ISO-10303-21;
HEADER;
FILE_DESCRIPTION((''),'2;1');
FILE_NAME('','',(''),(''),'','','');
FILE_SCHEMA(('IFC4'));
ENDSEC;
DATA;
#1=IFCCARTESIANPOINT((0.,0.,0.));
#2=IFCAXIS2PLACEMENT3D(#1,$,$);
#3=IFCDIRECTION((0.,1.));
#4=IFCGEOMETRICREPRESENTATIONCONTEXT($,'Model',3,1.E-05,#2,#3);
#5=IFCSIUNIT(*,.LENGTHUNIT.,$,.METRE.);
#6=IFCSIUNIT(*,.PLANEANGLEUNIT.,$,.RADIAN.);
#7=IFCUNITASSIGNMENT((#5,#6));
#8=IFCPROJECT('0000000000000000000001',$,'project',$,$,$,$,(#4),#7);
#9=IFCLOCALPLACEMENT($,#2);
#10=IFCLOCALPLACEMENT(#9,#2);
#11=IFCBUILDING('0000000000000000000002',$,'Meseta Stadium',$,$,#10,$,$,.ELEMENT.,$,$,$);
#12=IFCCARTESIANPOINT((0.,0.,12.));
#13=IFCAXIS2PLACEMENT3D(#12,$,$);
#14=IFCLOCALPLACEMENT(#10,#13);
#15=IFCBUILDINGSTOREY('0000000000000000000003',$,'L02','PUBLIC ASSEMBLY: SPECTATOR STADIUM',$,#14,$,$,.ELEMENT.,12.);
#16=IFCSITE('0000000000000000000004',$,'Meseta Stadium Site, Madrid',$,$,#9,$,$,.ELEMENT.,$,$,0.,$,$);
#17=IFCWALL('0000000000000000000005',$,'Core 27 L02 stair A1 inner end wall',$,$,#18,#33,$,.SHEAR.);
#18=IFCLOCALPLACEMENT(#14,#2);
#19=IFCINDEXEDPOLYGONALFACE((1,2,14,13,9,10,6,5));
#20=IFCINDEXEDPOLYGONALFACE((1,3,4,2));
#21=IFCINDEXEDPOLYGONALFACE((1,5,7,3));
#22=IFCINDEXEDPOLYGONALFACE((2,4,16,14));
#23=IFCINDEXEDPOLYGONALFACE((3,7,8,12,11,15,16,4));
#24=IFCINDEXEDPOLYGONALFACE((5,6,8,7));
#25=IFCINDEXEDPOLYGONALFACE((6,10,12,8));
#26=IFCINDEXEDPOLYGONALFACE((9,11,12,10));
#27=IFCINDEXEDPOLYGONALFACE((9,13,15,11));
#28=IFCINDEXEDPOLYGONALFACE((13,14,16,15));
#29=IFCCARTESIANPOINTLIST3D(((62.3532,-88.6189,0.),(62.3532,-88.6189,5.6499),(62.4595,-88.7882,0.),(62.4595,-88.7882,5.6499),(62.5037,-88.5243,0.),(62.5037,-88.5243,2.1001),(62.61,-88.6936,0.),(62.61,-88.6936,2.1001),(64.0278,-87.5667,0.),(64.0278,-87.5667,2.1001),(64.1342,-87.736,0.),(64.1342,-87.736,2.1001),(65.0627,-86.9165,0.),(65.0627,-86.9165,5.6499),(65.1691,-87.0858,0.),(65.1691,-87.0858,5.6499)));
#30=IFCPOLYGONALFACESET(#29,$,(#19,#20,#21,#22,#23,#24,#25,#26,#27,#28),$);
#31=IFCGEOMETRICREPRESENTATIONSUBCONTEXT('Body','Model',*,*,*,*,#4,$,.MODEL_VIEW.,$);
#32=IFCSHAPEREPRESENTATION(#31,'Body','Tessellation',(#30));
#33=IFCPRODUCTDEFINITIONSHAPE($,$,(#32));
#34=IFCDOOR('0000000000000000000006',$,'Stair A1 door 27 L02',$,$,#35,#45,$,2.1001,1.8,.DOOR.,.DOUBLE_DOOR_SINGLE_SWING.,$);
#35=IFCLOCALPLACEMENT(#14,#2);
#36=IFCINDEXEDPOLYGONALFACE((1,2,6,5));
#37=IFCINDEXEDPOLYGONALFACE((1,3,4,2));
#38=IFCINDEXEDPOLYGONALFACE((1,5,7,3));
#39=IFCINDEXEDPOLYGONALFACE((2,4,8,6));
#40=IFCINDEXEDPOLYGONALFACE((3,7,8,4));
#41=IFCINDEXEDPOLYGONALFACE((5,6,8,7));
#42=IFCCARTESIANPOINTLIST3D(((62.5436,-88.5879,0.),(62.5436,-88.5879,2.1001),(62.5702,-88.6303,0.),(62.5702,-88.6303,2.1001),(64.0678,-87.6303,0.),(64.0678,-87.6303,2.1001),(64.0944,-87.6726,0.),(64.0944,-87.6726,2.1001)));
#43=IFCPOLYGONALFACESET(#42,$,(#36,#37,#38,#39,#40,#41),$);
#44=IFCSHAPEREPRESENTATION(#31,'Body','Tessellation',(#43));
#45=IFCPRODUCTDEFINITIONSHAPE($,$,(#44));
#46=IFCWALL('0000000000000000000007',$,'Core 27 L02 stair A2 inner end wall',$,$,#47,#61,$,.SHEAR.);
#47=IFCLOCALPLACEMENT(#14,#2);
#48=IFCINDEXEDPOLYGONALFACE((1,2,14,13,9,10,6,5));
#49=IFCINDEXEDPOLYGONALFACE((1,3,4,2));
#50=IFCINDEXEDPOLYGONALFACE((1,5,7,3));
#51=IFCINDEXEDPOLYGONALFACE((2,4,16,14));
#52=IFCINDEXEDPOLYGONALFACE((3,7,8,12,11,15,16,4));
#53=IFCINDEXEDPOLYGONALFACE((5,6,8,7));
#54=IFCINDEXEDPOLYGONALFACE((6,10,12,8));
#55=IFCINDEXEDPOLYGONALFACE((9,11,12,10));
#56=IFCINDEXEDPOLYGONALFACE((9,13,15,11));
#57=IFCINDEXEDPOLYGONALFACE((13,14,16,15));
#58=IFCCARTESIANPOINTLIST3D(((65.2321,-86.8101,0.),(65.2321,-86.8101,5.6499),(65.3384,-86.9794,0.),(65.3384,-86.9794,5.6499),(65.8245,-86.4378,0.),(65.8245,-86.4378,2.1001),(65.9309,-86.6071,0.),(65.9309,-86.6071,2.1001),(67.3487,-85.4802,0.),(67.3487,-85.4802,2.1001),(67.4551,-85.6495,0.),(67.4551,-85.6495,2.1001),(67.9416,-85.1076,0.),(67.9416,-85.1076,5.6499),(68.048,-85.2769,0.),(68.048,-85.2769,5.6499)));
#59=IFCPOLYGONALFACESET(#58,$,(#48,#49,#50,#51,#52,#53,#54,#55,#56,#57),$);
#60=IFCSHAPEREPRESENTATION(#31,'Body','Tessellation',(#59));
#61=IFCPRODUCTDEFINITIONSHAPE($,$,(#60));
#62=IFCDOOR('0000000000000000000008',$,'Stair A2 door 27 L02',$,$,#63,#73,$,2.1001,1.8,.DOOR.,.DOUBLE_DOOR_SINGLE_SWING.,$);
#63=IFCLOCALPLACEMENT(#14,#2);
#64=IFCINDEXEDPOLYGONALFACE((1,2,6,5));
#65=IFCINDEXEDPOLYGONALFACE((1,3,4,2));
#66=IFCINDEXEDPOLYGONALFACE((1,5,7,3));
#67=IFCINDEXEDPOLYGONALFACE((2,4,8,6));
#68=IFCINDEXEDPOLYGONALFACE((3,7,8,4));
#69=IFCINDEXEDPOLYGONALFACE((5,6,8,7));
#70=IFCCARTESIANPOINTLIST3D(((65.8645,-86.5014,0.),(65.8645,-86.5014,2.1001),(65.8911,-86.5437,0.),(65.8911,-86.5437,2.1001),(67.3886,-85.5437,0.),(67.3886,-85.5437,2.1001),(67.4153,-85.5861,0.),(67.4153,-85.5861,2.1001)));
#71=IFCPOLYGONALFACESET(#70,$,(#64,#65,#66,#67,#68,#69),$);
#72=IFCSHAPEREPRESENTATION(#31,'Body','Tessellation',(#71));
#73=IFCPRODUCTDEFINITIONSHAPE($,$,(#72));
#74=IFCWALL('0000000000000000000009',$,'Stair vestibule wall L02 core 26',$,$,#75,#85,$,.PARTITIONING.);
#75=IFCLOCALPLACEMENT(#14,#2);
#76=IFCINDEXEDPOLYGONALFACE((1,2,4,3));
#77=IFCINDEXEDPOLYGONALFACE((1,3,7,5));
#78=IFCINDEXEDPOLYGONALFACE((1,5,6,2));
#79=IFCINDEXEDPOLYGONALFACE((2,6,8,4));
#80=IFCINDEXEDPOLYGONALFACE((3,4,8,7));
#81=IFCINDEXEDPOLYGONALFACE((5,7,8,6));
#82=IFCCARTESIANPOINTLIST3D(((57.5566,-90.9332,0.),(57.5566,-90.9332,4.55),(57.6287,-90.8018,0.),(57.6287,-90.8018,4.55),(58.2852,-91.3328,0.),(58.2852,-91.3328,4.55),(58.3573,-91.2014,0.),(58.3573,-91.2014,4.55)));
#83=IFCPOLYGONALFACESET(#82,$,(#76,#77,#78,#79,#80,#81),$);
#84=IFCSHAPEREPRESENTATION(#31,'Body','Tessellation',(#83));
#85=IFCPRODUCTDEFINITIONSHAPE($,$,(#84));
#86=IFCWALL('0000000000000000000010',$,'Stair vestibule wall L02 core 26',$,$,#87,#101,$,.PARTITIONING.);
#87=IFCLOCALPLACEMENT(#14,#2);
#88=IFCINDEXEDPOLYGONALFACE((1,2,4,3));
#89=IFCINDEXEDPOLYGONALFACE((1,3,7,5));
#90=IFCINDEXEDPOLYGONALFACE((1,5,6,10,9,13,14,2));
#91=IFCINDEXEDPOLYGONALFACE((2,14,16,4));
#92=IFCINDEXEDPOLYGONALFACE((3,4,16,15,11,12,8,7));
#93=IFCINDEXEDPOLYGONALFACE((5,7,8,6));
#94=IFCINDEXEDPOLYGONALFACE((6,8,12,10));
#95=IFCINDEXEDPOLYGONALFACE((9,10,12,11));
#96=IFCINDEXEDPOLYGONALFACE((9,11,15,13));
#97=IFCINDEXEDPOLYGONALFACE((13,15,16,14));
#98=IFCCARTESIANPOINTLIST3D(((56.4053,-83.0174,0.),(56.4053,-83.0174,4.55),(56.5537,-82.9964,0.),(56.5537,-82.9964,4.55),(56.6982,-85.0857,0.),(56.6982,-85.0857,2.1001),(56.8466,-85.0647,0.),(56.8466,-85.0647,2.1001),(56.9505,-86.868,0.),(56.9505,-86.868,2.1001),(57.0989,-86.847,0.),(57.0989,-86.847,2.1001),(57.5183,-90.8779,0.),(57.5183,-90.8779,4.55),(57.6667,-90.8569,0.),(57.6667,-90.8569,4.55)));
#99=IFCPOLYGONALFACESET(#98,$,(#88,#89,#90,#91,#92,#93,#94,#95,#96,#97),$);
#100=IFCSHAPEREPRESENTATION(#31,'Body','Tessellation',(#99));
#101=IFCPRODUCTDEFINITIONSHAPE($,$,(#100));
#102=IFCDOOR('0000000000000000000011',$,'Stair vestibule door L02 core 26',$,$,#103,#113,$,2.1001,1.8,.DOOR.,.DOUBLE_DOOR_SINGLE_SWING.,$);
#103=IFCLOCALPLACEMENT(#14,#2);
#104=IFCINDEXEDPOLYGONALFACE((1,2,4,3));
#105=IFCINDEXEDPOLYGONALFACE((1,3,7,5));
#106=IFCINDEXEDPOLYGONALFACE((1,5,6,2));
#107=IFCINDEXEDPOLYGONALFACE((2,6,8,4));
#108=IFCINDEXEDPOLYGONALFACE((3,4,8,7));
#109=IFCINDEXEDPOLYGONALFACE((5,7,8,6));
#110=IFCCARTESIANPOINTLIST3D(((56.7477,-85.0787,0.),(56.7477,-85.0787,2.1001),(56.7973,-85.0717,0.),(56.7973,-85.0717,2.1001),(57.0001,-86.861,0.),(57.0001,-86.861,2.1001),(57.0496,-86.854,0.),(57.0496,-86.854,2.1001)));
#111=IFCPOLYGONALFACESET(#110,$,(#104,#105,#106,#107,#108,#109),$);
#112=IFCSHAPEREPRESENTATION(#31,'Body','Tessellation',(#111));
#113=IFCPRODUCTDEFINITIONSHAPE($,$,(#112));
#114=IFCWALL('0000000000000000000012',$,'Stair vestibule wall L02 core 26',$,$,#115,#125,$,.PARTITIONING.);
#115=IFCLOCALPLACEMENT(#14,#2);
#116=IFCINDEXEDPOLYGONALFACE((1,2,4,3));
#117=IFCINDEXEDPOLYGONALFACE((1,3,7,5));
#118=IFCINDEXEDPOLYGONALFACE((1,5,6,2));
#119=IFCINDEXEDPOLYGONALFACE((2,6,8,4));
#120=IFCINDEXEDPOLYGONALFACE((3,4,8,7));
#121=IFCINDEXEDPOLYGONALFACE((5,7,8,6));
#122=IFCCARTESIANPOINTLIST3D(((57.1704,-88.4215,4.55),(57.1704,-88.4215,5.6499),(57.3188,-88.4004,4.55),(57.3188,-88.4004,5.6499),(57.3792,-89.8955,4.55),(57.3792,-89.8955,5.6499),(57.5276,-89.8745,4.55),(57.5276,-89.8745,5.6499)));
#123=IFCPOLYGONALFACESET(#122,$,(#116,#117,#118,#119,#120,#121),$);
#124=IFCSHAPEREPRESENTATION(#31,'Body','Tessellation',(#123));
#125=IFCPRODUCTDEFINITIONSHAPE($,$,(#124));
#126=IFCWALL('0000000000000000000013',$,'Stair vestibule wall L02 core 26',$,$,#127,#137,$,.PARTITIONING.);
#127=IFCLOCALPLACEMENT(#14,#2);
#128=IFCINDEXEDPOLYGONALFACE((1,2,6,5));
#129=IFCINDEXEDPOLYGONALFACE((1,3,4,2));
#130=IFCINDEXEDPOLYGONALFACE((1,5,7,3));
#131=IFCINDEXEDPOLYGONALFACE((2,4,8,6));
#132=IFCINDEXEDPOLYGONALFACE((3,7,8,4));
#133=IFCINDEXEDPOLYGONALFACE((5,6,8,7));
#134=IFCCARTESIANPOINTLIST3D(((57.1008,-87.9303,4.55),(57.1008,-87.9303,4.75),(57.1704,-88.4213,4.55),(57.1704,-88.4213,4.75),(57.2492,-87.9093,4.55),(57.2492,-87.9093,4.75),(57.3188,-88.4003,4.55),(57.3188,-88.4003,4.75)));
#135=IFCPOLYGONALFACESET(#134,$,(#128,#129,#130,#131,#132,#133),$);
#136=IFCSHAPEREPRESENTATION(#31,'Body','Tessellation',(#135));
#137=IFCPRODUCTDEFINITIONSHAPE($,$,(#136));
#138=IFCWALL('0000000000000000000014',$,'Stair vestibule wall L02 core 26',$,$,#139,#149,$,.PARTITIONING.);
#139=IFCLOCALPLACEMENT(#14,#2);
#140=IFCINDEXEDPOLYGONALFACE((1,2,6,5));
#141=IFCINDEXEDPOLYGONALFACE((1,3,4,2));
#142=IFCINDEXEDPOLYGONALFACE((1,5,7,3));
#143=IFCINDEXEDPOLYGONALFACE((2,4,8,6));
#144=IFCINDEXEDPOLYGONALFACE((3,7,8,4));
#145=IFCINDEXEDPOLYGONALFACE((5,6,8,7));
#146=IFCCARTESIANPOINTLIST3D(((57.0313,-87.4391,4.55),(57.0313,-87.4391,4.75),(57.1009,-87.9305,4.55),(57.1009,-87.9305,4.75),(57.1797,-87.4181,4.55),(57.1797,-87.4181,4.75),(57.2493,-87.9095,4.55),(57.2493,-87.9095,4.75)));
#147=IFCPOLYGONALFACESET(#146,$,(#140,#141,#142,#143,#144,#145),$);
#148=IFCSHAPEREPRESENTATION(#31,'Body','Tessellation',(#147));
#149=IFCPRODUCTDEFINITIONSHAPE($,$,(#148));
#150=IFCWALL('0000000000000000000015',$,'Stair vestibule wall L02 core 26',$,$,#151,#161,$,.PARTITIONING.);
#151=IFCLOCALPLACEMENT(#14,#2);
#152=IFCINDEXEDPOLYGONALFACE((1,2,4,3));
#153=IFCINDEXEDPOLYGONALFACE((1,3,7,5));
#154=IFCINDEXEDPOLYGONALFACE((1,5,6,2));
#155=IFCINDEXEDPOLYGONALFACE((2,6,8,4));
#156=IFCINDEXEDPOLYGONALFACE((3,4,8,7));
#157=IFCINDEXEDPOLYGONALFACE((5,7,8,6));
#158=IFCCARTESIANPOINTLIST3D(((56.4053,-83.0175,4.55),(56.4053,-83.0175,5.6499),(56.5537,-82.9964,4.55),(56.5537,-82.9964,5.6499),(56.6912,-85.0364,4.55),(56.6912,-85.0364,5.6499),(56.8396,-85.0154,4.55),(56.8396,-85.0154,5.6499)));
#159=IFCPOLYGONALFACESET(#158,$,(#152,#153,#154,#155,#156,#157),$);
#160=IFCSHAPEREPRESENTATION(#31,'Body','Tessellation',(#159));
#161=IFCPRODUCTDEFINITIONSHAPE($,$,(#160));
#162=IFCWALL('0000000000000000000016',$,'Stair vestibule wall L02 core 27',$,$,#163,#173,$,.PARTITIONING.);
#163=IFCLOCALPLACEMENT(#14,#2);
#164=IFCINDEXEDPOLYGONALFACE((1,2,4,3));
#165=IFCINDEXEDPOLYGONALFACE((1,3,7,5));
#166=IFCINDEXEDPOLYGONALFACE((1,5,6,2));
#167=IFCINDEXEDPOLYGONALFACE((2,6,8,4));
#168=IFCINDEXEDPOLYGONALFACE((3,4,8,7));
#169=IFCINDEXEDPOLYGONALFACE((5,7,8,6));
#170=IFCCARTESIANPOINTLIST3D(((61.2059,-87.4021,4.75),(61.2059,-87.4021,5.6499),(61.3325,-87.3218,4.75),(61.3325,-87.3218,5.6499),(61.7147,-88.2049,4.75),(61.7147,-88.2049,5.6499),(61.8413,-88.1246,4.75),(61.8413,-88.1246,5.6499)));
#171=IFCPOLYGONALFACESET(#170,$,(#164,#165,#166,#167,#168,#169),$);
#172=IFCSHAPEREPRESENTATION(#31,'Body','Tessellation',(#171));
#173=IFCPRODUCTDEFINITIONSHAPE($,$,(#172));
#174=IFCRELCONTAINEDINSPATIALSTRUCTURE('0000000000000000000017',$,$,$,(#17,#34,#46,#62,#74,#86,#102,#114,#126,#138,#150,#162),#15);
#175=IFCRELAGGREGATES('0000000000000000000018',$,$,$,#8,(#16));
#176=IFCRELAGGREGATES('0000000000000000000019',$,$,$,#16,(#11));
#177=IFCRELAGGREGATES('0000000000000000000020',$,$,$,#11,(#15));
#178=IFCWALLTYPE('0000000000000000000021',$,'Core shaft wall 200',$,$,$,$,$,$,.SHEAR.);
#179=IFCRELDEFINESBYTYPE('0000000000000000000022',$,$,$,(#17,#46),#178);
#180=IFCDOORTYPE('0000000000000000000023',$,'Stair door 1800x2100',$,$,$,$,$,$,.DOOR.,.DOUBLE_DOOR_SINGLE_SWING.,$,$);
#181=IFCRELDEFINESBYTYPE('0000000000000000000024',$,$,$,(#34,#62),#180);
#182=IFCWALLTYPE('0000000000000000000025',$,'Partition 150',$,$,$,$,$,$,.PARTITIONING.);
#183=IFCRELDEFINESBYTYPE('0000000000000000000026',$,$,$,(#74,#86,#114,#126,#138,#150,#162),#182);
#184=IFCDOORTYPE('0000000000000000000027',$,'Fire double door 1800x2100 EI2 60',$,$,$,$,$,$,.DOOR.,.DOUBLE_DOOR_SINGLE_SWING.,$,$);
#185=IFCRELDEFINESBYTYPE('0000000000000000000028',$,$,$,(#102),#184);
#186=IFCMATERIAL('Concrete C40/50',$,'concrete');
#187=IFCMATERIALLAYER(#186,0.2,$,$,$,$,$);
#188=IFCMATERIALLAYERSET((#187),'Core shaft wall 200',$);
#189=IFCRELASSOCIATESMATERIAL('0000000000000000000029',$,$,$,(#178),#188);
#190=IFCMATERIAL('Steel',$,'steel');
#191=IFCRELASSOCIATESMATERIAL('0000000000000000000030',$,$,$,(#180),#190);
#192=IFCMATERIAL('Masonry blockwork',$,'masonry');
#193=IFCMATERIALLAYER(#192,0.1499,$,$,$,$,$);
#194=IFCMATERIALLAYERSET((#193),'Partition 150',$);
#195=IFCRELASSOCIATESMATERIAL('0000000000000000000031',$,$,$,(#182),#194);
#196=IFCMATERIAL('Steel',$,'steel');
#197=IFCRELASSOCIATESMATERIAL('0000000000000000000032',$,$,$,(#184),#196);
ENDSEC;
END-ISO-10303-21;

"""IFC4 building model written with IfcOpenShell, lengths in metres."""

from ifc_helpers import new_model, si_unit, direction, frame, frame_2d, origin, place, context, subcontext, project, spatial, rectangle, extrude, material, layer, layer_set, type_object, element, fill, save


model = new_model("IFC4")

# Units and contexts
model_context = context("Model", 3, precision=1e-05, world=origin(), true_north=direction((0.0, 1.0)))
body_context = subcontext(model_context, "Body", "Model", "MODEL_VIEW")
ifc_project = project(units=[si_unit("LENGTHUNIT", "METRE"), si_unit("PLANEANGLEUNIT", "RADIAN")], contexts=[model_context])

# Site, building, storey
site_placement = place(None, origin())
site = spatial("IfcSite", under=ifc_project, at=site_placement, Name="Meseta Stadium Site, Madrid", CompositionType="ELEMENT", RefElevation=0.0)
building_placement = place(site_placement, origin())
building = spatial("IfcBuilding", under=site, at=building_placement, Name="Meseta Stadium", CompositionType="ELEMENT")
storey_placement = place(building_placement, frame((0.0, 0.0, 12.0)))
storey = spatial("IfcBuildingStorey", under=building, at=storey_placement, Name="L02", Description="PUBLIC ASSEMBLY: SPECTATOR STADIUM", CompositionType="ELEMENT", Elevation=12.0)

# Walls, openings, doors
ifc_material_1 = material(Name="Concrete C40/50", Category="concrete")
ifc_layer_1 = layer(ifc_material_1, 0.2)
ifc_layer_set_1 = layer_set([ifc_layer_1], Name="Core shaft wall 200")
wall_type_1 = type_object("IfcWallType", Name="Core shaft wall 200", PredefinedType="SHEAR", material=ifc_layer_set_1)
wall_1_placement = place(storey_placement, frame((62.4062, -88.7036, 0.0), z_axis=(0.0, 0.0, 1.0), x_axis=(0.846736, 0.532014, 0.0)))
wall_1 = element("IfcWall", 1, at=wall_1_placement, inside=storey, type_object=wall_type_1, Name="Core 27 L02 stair A1 inner end wall", PredefinedType="SHEAR", context=body_context, shape_type="SweptSolid", body=[
    extrude(rectangle(XDim=3.2, YDim=0.2, at=frame_2d((1.6001, 0.0))), origin(), (0.0, 0.0, 1.0), 5.6499),
])
opening_1_placement = place(wall_1_placement, frame((0.178, 0.0, 0.0)))
opening_1 = element("IfcOpeningElement", 2, at=opening_1_placement, cuts=wall_1, PredefinedType="OPENING", context=body_context, shape_type="SweptSolid", body=[
    extrude(rectangle(XDim=1.8, YDim=2.1001, at=frame_2d((0.8999, 1.05))), frame((0.0, 0.1099, 0.0), z_axis=(0.0, -1.0, 0.0), x_axis=(1.0, 0.0, 0.0)), (0.0, 0.0, 1.0), 0.22),
])
ifc_material_2 = material(Name="Steel", Category="steel")
door_type_1 = type_object("IfcDoorType", Name="Stair door 1800x2100", OperationType="DOUBLE_DOOR_SINGLE_SWING", PredefinedType="DOOR", material=ifc_material_2)
door_1_placement = place(opening_1_placement, origin())
door_1 = element("IfcDoor", 3, at=door_1_placement, inside=storey, type_object=door_type_1, Name="Stair A1 door 27 L02", OperationType="DOUBLE_DOOR_SINGLE_SWING", OverallHeight=2.1001, OverallWidth=1.8, PredefinedType="DOOR", context=body_context, shape_type="SweptSolid", body=[
    extrude(rectangle(XDim=1.8, YDim=2.1001, at=frame_2d((0.8999, 1.05))), frame((0.0, 0.0249, 0.0), z_axis=(0.0, -1.0, 0.0), x_axis=(1.0, 0.0, 0.0)), (0.0, 0.0, 1.0), 0.05),
])
fill(opening_1, door_1)
wall_2_placement = place(storey_placement, frame((65.2852, -86.8948, 0.0), z_axis=(0.0, 0.0, 1.0), x_axis=(0.846736, 0.532014, 0.0)))
wall_2 = element("IfcWall", 4, at=wall_2_placement, inside=storey, type_object=wall_type_1, Name="Core 27 L02 stair A2 inner end wall", PredefinedType="SHEAR", context=body_context, shape_type="SweptSolid", body=[
    extrude(rectangle(XDim=3.2, YDim=0.2, at=frame_2d((1.6001, 0.0))), origin(), (0.0, 0.0, 1.0), 5.6499),
])
opening_2_placement = place(wall_2_placement, frame((0.7, 0.0, 0.0)))
opening_2 = element("IfcOpeningElement", 5, at=opening_2_placement, cuts=wall_2, PredefinedType="OPENING", context=body_context, shape_type="SweptSolid", body=[
    extrude(rectangle(XDim=1.8, YDim=2.1001, at=frame_2d((0.8999, 1.05))), frame((0.0, 0.1099, 0.0), z_axis=(0.0, -1.0, 0.0), x_axis=(1.0, 0.0, 0.0)), (0.0, 0.0, 1.0), 0.22),
])
door_2_placement = place(opening_2_placement, origin())
door_2 = element("IfcDoor", 6, at=door_2_placement, inside=storey, type_object=door_type_1, Name="Stair A2 door 27 L02", OperationType="DOUBLE_DOOR_SINGLE_SWING", OverallHeight=2.1001, OverallWidth=1.8, PredefinedType="DOOR", context=body_context, shape_type="SweptSolid", body=[
    extrude(rectangle(XDim=1.8, YDim=2.1001, at=frame_2d((0.8999, 1.05))), frame((0.0, 0.0249, 0.0), z_axis=(0.0, -1.0, 0.0), x_axis=(1.0, 0.0, 0.0)), (0.0, 0.0, 1.0), 0.05),
])
fill(opening_2, door_2)

# Wall
ifc_material_3 = material(Name="Masonry blockwork", Category="masonry")
ifc_layer_2 = layer(ifc_material_3, 0.1499)
ifc_layer_set_2 = layer_set([ifc_layer_2], Name="Partition 150")
wall_type_2 = type_object("IfcWallType", Name="Partition 150", PredefinedType="PARTITIONING", material=ifc_layer_set_2)
wall_3_placement = place(storey_placement, frame((58.3213, -91.2671, 0.0), z_axis=(0.0, 0.0, 1.0), x_axis=(-0.876804, 0.480847, 0.0)))
element("IfcWall", 7, at=wall_3_placement, inside=storey, type_object=wall_type_2, Name="Stair vestibule wall L02 core 26", PredefinedType="PARTITIONING", context=body_context, shape_type="SweptSolid", body=[
    extrude(rectangle(XDim=0.8311, YDim=0.1499, at=frame_2d((0.4155, 0.0))), origin(), (0.0, 0.0, 1.0), 4.55),
])

# Wall, opening, door
wall_4_placement = place(storey_placement, frame((57.5925, -90.8674, 0.0), z_axis=(0.0, 0.0, 1.0), x_axis=(-0.140199, 0.990123, 0.0)))
wall_4 = element("IfcWall", 8, at=wall_4_placement, inside=storey, type_object=wall_type_2, Name="Stair vestibule wall L02 core 26", PredefinedType="PARTITIONING", context=body_context, shape_type="SweptSolid", body=[
    extrude(rectangle(XDim=7.939, YDim=0.1499, at=frame_2d((3.9695, 0.0))), origin(), (0.0, 0.0, 1.0), 4.55),
])
opening_3_placement = place(wall_4_placement, frame((4.05, 0.0, 0.0)))
opening_3 = element("IfcOpeningElement", 9, at=opening_3_placement, cuts=wall_4, PredefinedType="OPENING", context=body_context, shape_type="SweptSolid", body=[
    extrude(rectangle(XDim=1.8, YDim=2.1001, at=frame_2d((0.8999, 1.05))), frame((0.0, 0.085, 0.0), z_axis=(0.0, -1.0, 0.0), x_axis=(1.0, 0.0, 0.0)), (0.0, 0.0, 1.0), 0.1699),
])
ifc_material_4 = material(Name="Steel", Category="steel")
door_type_2 = type_object("IfcDoorType", Name="Fire double door 1800x2100 EI2 60", OperationType="DOUBLE_DOOR_SINGLE_SWING", PredefinedType="DOOR", material=ifc_material_4)
door_3_placement = place(opening_3_placement, origin())
door_3 = element("IfcDoor", 10, at=door_3_placement, inside=storey, type_object=door_type_2, Name="Stair vestibule door L02 core 26", OperationType="DOUBLE_DOOR_SINGLE_SWING", OverallHeight=2.1001, OverallWidth=1.8, PredefinedType="DOOR", context=body_context, shape_type="SweptSolid", body=[
    extrude(rectangle(XDim=1.8, YDim=2.1001, at=frame_2d((0.8999, 1.05))), frame((0.0, 0.0249, 0.0), z_axis=(0.0, -1.0, 0.0), x_axis=(1.0, 0.0, 0.0)), (0.0, 0.0, 1.0), 0.05),
])
fill(opening_3, door_3)

# Walls
wall_5_placement = place(storey_placement, frame((57.4534, -89.885, 4.55), z_axis=(0.0, 0.0, 1.0), x_axis=(-0.140205, 0.990123, 0.0)))
element("IfcWall", 11, at=wall_5_placement, inside=storey, type_object=wall_type_2, Name="Stair vestibule wall L02 core 26", PredefinedType="PARTITIONING", context=body_context, shape_type="SweptSolid", body=[
    extrude(rectangle(XDim=1.4888, YDim=0.1499, at=frame_2d((0.7444, 0.0))), origin(), (0.0, 0.0, 1.0), 1.0999),
])
wall_6_placement = place(storey_placement, frame((57.2446, -88.4109, 4.55), z_axis=(0.0, 0.0, 1.0), x_axis=(-0.140318, 0.990106, 0.0)))
element("IfcWall", 12, at=wall_6_placement, inside=storey, type_object=wall_type_2, Name="Stair vestibule wall L02 core 26", PredefinedType="PARTITIONING", context=body_context, shape_type="SweptSolid", body=[
    extrude(rectangle(XDim=0.4958, YDim=0.1499, at=frame_2d((0.248, 0.0))), origin(), (0.0, 0.0, 1.0), 0.2),
])
wall_7_placement = place(storey_placement, frame((57.175, -87.9199, 4.55), z_axis=(0.0, 0.0, 1.0), x_axis=(-0.140182, 0.990126, 0.0)))
element("IfcWall", 13, at=wall_7_placement, inside=storey, type_object=wall_type_2, Name="Stair vestibule wall L02 core 26", PredefinedType="PARTITIONING", context=body_context, shape_type="SweptSolid", body=[
    extrude(rectangle(XDim=0.4963, YDim=0.1499, at=frame_2d((0.248, 0.0))), origin(), (0.0, 0.0, 1.0), 0.2),
])
wall_8_placement = place(storey_placement, frame((56.7654, -85.0259, 4.55), z_axis=(0.0, 0.0, 1.0), x_axis=(-0.140198, 0.990124, 0.0)))
element("IfcWall", 14, at=wall_8_placement, inside=storey, type_object=wall_type_2, Name="Stair vestibule wall L02 core 26", PredefinedType="PARTITIONING", context=body_context, shape_type="SweptSolid", body=[
    extrude(rectangle(XDim=2.0391, YDim=0.1499, at=frame_2d((1.0195, 0.0))), origin(), (0.0, 0.0, 1.0), 1.0999),
])
wall_9_placement = place(storey_placement, frame((61.2693, -87.3621, 4.75), z_axis=(0.0, 0.0, 1.0), x_axis=(0.535345, -0.844633, 0.0)))
element("IfcWall", 15, at=wall_9_placement, inside=storey, type_object=wall_type_2, Name="Stair vestibule wall L02 core 27", PredefinedType="PARTITIONING", context=body_context, shape_type="SweptSolid", body=[
    extrude(rectangle(XDim=0.9504, YDim=0.1499, at=frame_2d((0.4751, 0.0))), origin(), (0.0, 0.0, 1.0), 0.8999),
])

save(model, "model.ifc")
